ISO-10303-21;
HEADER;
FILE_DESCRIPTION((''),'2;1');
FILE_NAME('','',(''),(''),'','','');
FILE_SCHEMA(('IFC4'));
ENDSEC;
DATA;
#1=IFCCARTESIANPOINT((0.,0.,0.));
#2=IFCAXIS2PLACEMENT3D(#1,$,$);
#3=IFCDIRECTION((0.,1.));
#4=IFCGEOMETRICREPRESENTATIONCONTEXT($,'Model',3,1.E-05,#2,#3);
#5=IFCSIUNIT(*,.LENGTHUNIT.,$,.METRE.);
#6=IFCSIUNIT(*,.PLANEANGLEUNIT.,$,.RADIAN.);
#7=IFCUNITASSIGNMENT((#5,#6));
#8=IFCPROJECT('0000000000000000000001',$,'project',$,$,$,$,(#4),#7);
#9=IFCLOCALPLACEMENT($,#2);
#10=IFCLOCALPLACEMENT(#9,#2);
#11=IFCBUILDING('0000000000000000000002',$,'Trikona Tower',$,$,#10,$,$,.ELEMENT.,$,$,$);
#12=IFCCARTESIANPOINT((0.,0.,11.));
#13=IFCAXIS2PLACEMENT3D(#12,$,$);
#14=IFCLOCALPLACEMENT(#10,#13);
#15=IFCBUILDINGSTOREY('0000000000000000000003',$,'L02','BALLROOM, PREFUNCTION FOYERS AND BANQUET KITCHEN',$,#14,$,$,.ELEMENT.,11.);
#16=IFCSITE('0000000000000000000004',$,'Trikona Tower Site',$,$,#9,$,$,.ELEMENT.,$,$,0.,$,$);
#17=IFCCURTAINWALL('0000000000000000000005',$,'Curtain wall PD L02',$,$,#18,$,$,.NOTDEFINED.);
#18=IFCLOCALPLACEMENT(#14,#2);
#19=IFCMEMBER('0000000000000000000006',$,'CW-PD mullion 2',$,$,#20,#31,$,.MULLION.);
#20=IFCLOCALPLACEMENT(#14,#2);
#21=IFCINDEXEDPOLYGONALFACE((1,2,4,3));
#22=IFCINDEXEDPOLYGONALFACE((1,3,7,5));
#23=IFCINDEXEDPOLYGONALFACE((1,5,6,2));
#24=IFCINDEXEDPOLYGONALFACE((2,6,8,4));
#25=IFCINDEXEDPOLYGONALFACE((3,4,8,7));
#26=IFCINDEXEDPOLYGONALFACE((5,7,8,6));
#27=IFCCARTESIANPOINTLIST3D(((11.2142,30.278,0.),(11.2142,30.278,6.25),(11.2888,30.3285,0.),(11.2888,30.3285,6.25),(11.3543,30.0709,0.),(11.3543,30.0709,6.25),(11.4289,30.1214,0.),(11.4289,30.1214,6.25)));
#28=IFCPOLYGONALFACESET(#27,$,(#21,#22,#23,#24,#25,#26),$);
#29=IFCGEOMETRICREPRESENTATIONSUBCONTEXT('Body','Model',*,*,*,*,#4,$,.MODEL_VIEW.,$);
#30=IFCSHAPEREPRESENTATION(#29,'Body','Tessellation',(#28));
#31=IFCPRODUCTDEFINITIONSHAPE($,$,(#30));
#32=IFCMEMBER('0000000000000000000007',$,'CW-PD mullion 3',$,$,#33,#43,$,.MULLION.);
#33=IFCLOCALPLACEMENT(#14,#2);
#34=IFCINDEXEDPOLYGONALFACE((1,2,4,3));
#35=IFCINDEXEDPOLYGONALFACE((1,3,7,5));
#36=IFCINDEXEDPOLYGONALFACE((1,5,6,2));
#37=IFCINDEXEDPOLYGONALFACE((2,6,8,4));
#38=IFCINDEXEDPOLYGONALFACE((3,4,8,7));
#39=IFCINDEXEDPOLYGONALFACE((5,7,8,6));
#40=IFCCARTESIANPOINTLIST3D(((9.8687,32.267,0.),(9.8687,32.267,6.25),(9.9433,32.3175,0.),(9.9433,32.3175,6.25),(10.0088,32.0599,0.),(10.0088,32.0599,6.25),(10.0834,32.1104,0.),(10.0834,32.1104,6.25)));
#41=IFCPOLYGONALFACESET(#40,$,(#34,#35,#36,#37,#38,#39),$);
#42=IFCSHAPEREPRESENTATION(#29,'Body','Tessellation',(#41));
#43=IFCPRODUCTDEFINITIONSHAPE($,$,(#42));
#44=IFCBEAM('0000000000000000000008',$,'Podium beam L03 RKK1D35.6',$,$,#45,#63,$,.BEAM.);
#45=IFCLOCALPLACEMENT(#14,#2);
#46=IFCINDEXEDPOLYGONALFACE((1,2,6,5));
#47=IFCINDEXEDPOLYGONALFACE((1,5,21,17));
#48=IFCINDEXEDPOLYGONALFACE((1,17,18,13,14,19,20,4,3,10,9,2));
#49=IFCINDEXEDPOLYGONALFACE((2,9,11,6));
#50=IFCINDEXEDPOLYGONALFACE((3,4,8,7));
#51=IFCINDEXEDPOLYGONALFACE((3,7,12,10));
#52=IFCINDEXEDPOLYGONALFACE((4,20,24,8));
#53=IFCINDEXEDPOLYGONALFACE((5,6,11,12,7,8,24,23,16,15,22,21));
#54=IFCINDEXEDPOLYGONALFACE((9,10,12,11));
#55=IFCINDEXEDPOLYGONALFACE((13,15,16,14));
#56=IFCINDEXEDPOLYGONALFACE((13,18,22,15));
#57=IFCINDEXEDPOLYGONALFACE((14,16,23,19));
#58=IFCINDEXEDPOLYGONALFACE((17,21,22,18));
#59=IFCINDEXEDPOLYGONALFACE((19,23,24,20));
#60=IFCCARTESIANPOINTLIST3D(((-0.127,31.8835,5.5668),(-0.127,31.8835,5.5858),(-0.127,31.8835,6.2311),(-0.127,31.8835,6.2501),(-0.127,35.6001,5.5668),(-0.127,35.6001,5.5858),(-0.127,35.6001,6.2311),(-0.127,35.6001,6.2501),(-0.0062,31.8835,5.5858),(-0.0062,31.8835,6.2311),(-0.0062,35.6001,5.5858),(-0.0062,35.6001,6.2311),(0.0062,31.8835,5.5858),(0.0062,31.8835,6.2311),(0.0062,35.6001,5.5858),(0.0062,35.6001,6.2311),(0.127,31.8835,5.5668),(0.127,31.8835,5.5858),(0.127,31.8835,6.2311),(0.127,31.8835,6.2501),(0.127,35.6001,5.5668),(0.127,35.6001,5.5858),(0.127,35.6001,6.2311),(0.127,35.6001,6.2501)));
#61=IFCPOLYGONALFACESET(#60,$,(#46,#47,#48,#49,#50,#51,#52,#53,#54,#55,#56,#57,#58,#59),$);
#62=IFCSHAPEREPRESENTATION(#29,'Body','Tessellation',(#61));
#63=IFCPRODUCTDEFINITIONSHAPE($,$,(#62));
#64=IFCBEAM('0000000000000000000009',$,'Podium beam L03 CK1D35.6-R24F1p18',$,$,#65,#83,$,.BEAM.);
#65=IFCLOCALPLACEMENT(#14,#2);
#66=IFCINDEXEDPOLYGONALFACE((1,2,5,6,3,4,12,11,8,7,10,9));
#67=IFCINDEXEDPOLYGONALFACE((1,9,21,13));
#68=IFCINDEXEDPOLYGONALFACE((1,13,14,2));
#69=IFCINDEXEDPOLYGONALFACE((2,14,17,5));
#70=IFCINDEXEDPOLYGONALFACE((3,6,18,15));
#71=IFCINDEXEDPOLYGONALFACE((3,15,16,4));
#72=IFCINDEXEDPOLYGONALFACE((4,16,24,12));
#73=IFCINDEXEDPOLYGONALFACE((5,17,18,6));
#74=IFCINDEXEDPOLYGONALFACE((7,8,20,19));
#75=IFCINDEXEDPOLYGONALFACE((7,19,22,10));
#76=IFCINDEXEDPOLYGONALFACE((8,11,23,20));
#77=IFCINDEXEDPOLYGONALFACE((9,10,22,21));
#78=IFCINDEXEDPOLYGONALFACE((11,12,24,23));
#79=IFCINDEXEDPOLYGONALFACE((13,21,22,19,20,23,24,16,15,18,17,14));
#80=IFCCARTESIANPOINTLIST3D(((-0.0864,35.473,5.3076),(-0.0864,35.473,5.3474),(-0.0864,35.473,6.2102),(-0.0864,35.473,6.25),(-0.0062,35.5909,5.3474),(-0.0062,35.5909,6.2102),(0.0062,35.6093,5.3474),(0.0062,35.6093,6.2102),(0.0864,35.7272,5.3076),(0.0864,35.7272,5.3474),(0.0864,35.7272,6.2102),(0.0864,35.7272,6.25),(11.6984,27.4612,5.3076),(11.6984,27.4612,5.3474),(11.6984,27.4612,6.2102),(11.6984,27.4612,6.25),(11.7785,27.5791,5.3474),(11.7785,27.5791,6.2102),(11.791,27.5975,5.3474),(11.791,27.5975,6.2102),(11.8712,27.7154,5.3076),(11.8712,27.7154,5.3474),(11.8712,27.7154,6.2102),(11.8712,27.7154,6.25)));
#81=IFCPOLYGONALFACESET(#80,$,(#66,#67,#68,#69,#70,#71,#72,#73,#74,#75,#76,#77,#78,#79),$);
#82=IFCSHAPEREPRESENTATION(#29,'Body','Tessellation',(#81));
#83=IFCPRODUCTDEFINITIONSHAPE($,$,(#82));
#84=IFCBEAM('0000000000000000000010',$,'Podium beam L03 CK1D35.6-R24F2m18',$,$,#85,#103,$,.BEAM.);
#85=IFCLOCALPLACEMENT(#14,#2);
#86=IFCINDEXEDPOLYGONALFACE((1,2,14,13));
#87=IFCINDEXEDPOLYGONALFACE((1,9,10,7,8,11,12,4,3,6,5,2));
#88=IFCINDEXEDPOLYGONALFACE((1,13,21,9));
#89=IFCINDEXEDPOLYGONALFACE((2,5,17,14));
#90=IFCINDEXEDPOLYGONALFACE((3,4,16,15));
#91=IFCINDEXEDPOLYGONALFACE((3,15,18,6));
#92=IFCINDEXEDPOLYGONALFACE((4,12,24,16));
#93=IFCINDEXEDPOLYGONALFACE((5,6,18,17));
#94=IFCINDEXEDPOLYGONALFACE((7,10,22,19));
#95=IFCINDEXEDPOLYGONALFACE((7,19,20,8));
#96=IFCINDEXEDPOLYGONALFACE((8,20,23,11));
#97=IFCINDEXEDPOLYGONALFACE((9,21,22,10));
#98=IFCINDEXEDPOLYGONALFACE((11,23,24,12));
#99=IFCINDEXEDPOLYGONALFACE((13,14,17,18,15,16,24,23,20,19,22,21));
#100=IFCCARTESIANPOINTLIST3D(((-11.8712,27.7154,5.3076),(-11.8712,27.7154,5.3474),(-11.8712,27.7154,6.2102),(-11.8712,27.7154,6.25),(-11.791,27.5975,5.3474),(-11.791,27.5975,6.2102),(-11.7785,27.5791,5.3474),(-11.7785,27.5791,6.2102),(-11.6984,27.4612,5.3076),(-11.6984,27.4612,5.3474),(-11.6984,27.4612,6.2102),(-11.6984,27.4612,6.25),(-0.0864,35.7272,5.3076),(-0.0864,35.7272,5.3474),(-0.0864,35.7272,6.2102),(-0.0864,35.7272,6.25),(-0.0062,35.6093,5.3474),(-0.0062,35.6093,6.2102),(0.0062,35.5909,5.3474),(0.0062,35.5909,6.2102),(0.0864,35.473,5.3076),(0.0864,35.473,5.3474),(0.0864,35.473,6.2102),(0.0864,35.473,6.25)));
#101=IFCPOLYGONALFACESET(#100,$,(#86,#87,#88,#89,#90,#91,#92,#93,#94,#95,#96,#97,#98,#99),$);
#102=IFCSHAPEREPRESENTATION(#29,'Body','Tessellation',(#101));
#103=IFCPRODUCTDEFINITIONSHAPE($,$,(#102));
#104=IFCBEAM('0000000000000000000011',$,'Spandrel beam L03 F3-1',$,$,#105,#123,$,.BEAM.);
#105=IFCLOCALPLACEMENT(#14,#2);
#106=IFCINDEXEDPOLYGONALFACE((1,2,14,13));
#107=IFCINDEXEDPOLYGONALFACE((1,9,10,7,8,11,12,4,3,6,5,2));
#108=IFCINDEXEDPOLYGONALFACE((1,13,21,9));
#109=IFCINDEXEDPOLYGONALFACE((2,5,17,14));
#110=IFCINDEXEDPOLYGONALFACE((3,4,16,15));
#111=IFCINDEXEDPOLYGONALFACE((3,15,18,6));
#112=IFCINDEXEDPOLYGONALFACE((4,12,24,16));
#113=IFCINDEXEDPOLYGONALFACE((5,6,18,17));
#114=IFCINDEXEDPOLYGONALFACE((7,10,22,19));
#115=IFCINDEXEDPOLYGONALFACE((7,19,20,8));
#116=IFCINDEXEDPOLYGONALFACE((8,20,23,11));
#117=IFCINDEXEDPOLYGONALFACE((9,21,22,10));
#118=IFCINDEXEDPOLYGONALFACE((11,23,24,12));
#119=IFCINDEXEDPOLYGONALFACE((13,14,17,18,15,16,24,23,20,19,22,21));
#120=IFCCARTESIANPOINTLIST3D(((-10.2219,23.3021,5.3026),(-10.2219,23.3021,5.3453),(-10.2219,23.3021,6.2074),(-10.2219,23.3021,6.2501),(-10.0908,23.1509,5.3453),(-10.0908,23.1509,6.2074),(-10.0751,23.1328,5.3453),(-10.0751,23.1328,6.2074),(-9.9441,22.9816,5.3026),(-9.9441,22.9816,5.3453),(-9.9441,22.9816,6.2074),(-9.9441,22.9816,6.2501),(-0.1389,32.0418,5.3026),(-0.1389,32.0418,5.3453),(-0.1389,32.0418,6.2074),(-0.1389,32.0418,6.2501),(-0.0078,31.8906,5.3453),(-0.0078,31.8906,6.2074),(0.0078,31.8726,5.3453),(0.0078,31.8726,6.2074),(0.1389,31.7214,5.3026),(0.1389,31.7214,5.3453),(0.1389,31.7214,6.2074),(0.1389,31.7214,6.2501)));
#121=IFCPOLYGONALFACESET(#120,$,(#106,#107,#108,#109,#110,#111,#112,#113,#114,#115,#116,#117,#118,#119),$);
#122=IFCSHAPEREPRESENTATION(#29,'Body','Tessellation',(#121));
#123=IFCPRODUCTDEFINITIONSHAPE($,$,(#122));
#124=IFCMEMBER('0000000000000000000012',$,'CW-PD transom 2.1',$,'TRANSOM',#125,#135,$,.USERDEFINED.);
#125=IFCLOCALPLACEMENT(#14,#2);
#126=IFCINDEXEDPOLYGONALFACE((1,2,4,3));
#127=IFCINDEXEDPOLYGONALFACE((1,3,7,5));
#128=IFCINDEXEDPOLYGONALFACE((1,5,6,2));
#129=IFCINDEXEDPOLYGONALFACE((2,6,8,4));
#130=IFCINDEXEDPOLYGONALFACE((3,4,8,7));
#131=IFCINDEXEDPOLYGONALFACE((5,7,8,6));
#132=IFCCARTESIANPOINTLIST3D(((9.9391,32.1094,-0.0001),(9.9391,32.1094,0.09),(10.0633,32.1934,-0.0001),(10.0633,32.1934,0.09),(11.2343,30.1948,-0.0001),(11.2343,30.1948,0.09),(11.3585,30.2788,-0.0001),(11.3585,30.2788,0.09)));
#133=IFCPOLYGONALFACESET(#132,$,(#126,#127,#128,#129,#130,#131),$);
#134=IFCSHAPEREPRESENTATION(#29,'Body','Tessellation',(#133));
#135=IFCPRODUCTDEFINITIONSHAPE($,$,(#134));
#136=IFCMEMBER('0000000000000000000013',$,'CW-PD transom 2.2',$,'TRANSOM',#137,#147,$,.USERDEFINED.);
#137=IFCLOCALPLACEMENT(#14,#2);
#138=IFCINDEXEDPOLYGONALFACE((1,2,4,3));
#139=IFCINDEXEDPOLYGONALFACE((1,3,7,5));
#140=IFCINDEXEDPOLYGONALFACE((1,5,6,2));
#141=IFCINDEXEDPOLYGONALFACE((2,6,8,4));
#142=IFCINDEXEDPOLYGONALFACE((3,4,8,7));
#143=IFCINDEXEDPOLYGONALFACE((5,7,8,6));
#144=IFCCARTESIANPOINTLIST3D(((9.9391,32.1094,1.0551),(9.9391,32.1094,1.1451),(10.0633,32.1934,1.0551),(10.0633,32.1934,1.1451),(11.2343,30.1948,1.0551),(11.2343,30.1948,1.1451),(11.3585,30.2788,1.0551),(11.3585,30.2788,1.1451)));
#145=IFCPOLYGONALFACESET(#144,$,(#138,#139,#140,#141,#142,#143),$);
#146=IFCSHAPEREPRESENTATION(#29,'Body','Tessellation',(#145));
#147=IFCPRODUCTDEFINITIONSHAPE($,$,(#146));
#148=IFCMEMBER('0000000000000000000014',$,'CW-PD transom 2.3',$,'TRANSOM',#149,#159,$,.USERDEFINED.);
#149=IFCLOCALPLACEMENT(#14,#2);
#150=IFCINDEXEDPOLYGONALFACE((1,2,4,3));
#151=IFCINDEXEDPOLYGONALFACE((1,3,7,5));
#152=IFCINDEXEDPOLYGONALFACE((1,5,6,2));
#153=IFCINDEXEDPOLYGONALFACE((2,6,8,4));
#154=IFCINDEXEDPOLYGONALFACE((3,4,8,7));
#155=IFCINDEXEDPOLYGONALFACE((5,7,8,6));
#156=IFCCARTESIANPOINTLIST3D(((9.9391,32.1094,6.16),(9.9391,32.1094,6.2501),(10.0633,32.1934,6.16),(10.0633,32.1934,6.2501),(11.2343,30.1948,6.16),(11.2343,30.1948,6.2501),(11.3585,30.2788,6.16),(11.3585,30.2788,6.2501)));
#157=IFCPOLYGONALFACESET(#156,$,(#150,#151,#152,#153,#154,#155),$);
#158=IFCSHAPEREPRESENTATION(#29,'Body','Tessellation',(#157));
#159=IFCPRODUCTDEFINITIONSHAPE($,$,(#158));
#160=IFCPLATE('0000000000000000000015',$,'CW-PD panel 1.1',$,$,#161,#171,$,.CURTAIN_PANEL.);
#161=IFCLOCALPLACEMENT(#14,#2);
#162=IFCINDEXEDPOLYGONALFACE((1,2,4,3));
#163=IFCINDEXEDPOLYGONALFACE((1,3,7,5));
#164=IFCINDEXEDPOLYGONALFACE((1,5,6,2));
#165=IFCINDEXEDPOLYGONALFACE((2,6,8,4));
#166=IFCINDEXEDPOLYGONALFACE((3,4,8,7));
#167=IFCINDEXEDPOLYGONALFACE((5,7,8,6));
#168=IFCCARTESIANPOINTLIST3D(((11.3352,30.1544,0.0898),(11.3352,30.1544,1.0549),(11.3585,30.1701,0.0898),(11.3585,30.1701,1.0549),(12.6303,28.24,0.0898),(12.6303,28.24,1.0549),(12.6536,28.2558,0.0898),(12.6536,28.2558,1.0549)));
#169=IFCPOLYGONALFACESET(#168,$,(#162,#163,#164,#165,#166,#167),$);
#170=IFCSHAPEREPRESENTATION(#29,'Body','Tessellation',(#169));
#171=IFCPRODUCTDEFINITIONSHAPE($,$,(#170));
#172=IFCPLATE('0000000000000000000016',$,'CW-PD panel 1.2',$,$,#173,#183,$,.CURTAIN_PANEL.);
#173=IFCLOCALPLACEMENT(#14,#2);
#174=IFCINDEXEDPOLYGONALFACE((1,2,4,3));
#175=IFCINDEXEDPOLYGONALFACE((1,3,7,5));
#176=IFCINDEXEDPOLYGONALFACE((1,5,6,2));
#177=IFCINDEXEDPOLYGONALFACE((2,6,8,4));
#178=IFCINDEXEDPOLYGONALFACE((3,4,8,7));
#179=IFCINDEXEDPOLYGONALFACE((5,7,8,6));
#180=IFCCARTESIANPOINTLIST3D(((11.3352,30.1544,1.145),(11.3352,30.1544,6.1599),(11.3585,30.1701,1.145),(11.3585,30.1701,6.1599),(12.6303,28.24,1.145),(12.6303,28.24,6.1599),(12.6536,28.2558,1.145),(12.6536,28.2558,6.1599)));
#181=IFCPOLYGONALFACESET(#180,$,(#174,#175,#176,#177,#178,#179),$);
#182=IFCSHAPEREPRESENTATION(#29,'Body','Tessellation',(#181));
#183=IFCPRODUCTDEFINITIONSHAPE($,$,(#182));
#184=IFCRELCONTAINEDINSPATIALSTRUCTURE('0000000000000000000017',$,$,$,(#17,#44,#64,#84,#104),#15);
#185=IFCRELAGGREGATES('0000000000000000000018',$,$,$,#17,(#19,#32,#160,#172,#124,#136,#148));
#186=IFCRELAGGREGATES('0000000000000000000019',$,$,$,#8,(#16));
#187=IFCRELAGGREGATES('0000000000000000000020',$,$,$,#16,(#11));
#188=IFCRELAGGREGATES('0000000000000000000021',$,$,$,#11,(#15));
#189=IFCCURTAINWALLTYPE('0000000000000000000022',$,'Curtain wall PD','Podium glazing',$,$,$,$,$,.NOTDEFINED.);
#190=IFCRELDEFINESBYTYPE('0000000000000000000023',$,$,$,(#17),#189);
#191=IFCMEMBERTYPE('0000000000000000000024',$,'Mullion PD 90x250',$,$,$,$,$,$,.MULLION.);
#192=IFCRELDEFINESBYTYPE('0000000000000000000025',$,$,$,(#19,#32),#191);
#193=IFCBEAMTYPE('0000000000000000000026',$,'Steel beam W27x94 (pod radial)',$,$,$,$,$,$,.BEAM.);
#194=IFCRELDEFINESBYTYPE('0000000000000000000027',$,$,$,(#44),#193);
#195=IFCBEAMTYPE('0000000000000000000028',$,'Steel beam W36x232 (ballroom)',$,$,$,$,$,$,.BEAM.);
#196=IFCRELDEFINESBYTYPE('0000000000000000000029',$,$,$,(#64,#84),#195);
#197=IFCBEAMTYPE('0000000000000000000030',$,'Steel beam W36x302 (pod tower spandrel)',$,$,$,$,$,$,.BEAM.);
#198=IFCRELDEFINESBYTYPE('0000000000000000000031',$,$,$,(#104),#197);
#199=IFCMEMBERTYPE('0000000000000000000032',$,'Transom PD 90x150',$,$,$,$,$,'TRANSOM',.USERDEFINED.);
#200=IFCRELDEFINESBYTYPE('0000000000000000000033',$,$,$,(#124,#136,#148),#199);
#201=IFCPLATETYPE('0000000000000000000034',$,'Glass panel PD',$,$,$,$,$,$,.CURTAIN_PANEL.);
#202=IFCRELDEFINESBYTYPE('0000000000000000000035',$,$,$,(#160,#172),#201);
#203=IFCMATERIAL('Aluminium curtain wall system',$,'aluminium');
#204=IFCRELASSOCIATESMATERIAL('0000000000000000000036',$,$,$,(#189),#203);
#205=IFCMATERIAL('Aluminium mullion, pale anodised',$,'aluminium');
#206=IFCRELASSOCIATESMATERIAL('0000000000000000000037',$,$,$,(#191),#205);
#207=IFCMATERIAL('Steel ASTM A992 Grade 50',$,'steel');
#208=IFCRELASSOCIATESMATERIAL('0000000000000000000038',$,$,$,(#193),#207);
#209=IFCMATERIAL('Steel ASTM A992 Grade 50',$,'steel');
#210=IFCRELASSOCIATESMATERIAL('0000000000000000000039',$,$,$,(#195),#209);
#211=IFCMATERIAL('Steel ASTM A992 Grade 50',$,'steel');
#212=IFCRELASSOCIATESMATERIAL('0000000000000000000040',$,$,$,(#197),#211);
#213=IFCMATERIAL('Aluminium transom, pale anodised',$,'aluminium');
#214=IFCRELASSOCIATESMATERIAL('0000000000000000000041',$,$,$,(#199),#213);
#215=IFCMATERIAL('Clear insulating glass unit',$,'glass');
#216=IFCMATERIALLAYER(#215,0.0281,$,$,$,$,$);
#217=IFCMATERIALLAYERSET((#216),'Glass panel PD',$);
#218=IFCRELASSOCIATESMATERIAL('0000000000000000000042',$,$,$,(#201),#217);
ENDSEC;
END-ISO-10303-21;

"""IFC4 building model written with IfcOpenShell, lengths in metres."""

from ifc_helpers import new_model, si_unit, direction, frame, origin, origin_2d, place, context, subcontext, project, spatial, rectangle, i_section, extrude, material, layer, layer_set, material_profile, profile_set, type_object, element, aggregate, save


model = new_model("IFC4")

# Units and contexts
model_context = context("Model", 3, precision=1e-05, world=origin(), true_north=direction((0.0, 1.0)))
body_context = subcontext(model_context, "Body", "Model", "MODEL_VIEW")
ifc_project = project(units=[si_unit("LENGTHUNIT", "METRE"), si_unit("PLANEANGLEUNIT", "RADIAN")], contexts=[model_context])

# Site, building, storey
site_placement = place(None, origin())
site = spatial("IfcSite", under=ifc_project, at=site_placement, Name="Trikona Tower Site", CompositionType="ELEMENT", RefElevation=0.0)
building_placement = place(site_placement, origin())
building = spatial("IfcBuilding", under=site, at=building_placement, Name="Trikona Tower", CompositionType="ELEMENT")
storey_placement = place(building_placement, frame((0.0, 0.0, 11.0)))
storey = spatial("IfcBuildingStorey", under=building, at=storey_placement, Name="L02", Description="BALLROOM, PREFUNCTION FOYERS AND BANQUET KITCHEN", CompositionType="ELEMENT", Elevation=11.0)

# Curtain wall, members
ifc_material_1 = material(Name="Aluminium curtain wall system", Category="aluminium")
curtain_wall_type = type_object("IfcCurtainWallType", Name="Curtain wall PD", Description="Podium glazing", PredefinedType="NOTDEFINED", material=ifc_material_1)
curtain_wall_placement = place(storey_placement, origin())
curtain_wall = element("IfcCurtainWall", 1, at=curtain_wall_placement, inside=storey, type_object=curtain_wall_type, Name="Curtain wall PD L02", PredefinedType="NOTDEFINED")
ifc_material_2 = material(Name="Aluminium mullion, pale anodised", Category="aluminium")
ifc_material_profile_1 = material_profile(ifc_material_2, rectangle(XDim=0.0901, YDim=0.25, at=origin_2d()), Name="MUL-PD")
ifc_profile_set_1 = profile_set([ifc_material_profile_1], Name="Aluminium mullion, pale anodised")
member_type_1 = type_object("IfcMemberType", Name="Mullion PD 90x250", PredefinedType="MULLION", material=ifc_profile_set_1)
member_1_placement = place(storey_placement, frame((11.3215, 30.1997, 0.0), z_axis=(0.0, 0.0, 1.0), x_axis=(-0.828264, -0.560338, 0.0)))
member_1 = element("IfcMember", 2, at=member_1_placement, type_object=member_type_1, Name="CW-PD mullion 2", PredefinedType="MULLION", context=body_context, shape_type="SweptSolid", body=[
    extrude(rectangle(XDim=0.0901, YDim=0.25, at=origin_2d()), origin(), (0.0, 0.0, 1.0), 6.25),
])
member_2_placement = place(storey_placement, frame((9.9761, 32.1887, 0.0), z_axis=(0.0, 0.0, 1.0), x_axis=(-0.828264, -0.560338, 0.0)))
member_2 = element("IfcMember", 3, at=member_2_placement, type_object=member_type_1, Name="CW-PD mullion 3", PredefinedType="MULLION", context=body_context, shape_type="SweptSolid", body=[
    extrude(rectangle(XDim=0.0901, YDim=0.25, at=origin_2d()), origin(), (0.0, 0.0, 1.0), 6.25),
])

# Beams
ifc_material_3 = material(Name="Steel ASTM A992 Grade 50", Category="steel")
ifc_material_profile_2 = material_profile(ifc_material_3, i_section(OverallWidth=0.2539, OverallDepth=0.6833, WebThickness=0.0125, FlangeThickness=0.019, at=origin_2d()), Name="W27X94")
ifc_profile_set_2 = profile_set([ifc_material_profile_2], Name="Steel ASTM A992 Grade 50")
beam_type_1 = type_object("IfcBeamType", Name="Steel beam W27x94 (pod radial)", PredefinedType="BEAM", material=ifc_profile_set_2)
beam_1_placement = place(storey_placement, frame((0.0, 31.8835, 5.9084), z_axis=(0.0, 1.0, 0.0), x_axis=(-1.0, 0.0, 0.0)))
element("IfcBeam", 4, at=beam_1_placement, inside=storey, type_object=beam_type_1, Name="Podium beam L03 RKK1D35.6", PredefinedType="BEAM", context=body_context, shape_type="SweptSolid", body=[
    extrude(i_section(OverallWidth=0.2539, OverallDepth=0.6833, WebThickness=0.0125, FlangeThickness=0.019, at=origin_2d()), origin(), (0.0, 0.0, 1.0), 3.7166),
])
ifc_material_4 = material(Name="Steel ASTM A992 Grade 50", Category="steel")
ifc_material_profile_3 = material_profile(ifc_material_4, i_section(OverallWidth=0.3074, OverallDepth=0.9424, WebThickness=0.0222, FlangeThickness=0.0398, at=origin_2d()), Name="W36X232")
ifc_profile_set_3 = profile_set([ifc_material_profile_3], Name="Steel ASTM A992 Grade 50")
beam_type_2 = type_object("IfcBeamType", Name="Steel beam W36x232 (ballroom)", PredefinedType="BEAM", material=ifc_profile_set_3)
for number, where, z_axis, x_axis, name in (
    (5, (0.0, 35.6001, 5.7788), (0.826987, -0.562221, 0.0), (0.562221, 0.826987, 0.0), "Podium beam L03 CK1D35.6-R24F1p18"),
    (6, (0.0, 35.6001, 5.7788), (-0.826987, -0.562221, 0.0), (0.562221, -0.826987, 0.0), "Podium beam L03 CK1D35.6-R24F2m18"),
):
    element("IfcBeam", number, at=place(storey_placement, frame(where, z_axis=z_axis, x_axis=x_axis)), inside=storey, type_object=beam_type_2, Name=name, PredefinedType="BEAM", context=body_context, shape_type="SweptSolid", body=[
        extrude(i_section(OverallWidth=0.3074, OverallDepth=0.9424, WebThickness=0.0222, FlangeThickness=0.0398, at=origin_2d()), origin(), (0.0, 0.0, 1.0), 14.2502),
    ])
ifc_material_5 = material(Name="Steel ASTM A992 Grade 50", Category="steel")
ifc_material_profile_4 = material_profile(ifc_material_5, i_section(OverallWidth=0.4241, OverallDepth=0.9475, WebThickness=0.0239, FlangeThickness=0.0427, at=origin_2d()), Name="W36X302")
ifc_profile_set_4 = profile_set([ifc_material_profile_4], Name="Steel ASTM A992 Grade 50")
beam_type_3 = type_object("IfcBeamType", Name="Steel beam W36x302 (pod tower spandrel)", PredefinedType="BEAM", material=ifc_profile_set_4)
beam_2_placement = place(storey_placement, frame((0.0, 31.8816, 5.7764), z_axis=(-0.755647, -0.654979, 0.0), x_axis=(0.654979, -0.755647, 0.0)))
element("IfcBeam", 7, at=beam_2_placement, inside=storey, type_object=beam_type_3, Name="Spandrel beam L03 F3-1", PredefinedType="BEAM", context=body_context, shape_type="SweptSolid", body=[
    extrude(i_section(OverallWidth=0.4241, OverallDepth=0.9475, WebThickness=0.0239, FlangeThickness=0.0427, at=origin_2d()), origin(), (0.0, 0.0, 1.0), 13.3435),
])

# Members
ifc_material_6 = material(Name="Aluminium transom, pale anodised", Category="aluminium")
ifc_material_profile_5 = material_profile(ifc_material_6, rectangle(XDim=0.1499, YDim=0.0901, at=origin_2d()), Name="TRN-PD")
ifc_profile_set_5 = profile_set([ifc_material_profile_5], Name="Aluminium transom, pale anodised")
member_type_2 = type_object("IfcMemberType", Name="Transom PD 90x150", ElementType="TRANSOM", PredefinedType="USERDEFINED", material=ifc_profile_set_5)
member_3_placement = place(storey_placement, frame((11.2964, 30.2368, 0.0449), z_axis=(-0.560318, 0.828278, 0.0), x_axis=(-0.828278, -0.560318, 0.0)))
member_3 = element("IfcMember", 8, at=member_3_placement, type_object=member_type_2, Name="CW-PD transom 2.1", ObjectType="TRANSOM", PredefinedType="USERDEFINED", context=body_context, shape_type="SweptSolid", body=[
    extrude(rectangle(XDim=0.1499, YDim=0.0901, at=origin_2d()), origin(), (0.0, 0.0, 1.0), 2.3115),
])
member_4_placement = place(storey_placement, frame((11.2964, 30.2368, 1.1001), z_axis=(-0.560318, 0.828278, 0.0), x_axis=(-0.828278, -0.560318, 0.0)))
member_4 = element("IfcMember", 9, at=member_4_placement, type_object=member_type_2, Name="CW-PD transom 2.2", ObjectType="TRANSOM", PredefinedType="USERDEFINED", context=body_context, shape_type="SweptSolid", body=[
    extrude(rectangle(XDim=0.1499, YDim=0.0901, at=origin_2d()), origin(), (0.0, 0.0, 1.0), 2.3115),
])
member_5_placement = place(storey_placement, frame((11.2964, 30.2368, 6.2051), z_axis=(-0.560318, 0.828278, 0.0), x_axis=(-0.828278, -0.560318, 0.0)))
member_5 = element("IfcMember", 10, at=member_5_placement, type_object=member_type_2, Name="CW-PD transom 2.3", ObjectType="TRANSOM", PredefinedType="USERDEFINED", context=body_context, shape_type="SweptSolid", body=[
    extrude(rectangle(XDim=0.1499, YDim=0.0901, at=origin_2d()), origin(), (0.0, 0.0, 1.0), 2.3115),
])

# Plates
ifc_material_7 = material(Name="Clear insulating glass unit", Category="glass")
ifc_layer_1 = layer(ifc_material_7, 0.0281)
ifc_layer_set_1 = layer_set([ifc_layer_1], Name="Glass panel PD")
plate_type = type_object("IfcPlateType", Name="Glass panel PD", PredefinedType="CURTAIN_PANEL", material=ifc_layer_set_1)
plate_1_placement = place(storey_placement, frame((11.9944, 29.2051, 0.0898), z_axis=(0.0, 0.0, 1.0), x_axis=(-0.560338, 0.828264, 0.0)))
plate_1 = element("IfcPlate", 11, at=plate_1_placement, type_object=plate_type, Name="CW-PD panel 1.1", PredefinedType="CURTAIN_PANEL", context=body_context, shape_type="SweptSolid", body=[
    extrude(rectangle(XDim=2.3113, YDim=0.0281, at=origin_2d()), origin(), (0.0, 0.0, 1.0), 0.9651),
])
plate_2_placement = place(storey_placement, frame((11.9944, 29.2051, 1.145), z_axis=(0.0, 0.0, 1.0), x_axis=(-0.560338, 0.828264, 0.0)))
plate_2 = element("IfcPlate", 12, at=plate_2_placement, type_object=plate_type, Name="CW-PD panel 1.2", PredefinedType="CURTAIN_PANEL", context=body_context, shape_type="SweptSolid", body=[
    extrude(rectangle(XDim=2.3113, YDim=0.0281, at=origin_2d()), origin(), (0.0, 0.0, 1.0), 5.0149),
])
aggregate(curtain_wall, [member_1, member_2, plate_1, plate_2, member_3, member_4, member_5])

save(model, "model.ifc")
